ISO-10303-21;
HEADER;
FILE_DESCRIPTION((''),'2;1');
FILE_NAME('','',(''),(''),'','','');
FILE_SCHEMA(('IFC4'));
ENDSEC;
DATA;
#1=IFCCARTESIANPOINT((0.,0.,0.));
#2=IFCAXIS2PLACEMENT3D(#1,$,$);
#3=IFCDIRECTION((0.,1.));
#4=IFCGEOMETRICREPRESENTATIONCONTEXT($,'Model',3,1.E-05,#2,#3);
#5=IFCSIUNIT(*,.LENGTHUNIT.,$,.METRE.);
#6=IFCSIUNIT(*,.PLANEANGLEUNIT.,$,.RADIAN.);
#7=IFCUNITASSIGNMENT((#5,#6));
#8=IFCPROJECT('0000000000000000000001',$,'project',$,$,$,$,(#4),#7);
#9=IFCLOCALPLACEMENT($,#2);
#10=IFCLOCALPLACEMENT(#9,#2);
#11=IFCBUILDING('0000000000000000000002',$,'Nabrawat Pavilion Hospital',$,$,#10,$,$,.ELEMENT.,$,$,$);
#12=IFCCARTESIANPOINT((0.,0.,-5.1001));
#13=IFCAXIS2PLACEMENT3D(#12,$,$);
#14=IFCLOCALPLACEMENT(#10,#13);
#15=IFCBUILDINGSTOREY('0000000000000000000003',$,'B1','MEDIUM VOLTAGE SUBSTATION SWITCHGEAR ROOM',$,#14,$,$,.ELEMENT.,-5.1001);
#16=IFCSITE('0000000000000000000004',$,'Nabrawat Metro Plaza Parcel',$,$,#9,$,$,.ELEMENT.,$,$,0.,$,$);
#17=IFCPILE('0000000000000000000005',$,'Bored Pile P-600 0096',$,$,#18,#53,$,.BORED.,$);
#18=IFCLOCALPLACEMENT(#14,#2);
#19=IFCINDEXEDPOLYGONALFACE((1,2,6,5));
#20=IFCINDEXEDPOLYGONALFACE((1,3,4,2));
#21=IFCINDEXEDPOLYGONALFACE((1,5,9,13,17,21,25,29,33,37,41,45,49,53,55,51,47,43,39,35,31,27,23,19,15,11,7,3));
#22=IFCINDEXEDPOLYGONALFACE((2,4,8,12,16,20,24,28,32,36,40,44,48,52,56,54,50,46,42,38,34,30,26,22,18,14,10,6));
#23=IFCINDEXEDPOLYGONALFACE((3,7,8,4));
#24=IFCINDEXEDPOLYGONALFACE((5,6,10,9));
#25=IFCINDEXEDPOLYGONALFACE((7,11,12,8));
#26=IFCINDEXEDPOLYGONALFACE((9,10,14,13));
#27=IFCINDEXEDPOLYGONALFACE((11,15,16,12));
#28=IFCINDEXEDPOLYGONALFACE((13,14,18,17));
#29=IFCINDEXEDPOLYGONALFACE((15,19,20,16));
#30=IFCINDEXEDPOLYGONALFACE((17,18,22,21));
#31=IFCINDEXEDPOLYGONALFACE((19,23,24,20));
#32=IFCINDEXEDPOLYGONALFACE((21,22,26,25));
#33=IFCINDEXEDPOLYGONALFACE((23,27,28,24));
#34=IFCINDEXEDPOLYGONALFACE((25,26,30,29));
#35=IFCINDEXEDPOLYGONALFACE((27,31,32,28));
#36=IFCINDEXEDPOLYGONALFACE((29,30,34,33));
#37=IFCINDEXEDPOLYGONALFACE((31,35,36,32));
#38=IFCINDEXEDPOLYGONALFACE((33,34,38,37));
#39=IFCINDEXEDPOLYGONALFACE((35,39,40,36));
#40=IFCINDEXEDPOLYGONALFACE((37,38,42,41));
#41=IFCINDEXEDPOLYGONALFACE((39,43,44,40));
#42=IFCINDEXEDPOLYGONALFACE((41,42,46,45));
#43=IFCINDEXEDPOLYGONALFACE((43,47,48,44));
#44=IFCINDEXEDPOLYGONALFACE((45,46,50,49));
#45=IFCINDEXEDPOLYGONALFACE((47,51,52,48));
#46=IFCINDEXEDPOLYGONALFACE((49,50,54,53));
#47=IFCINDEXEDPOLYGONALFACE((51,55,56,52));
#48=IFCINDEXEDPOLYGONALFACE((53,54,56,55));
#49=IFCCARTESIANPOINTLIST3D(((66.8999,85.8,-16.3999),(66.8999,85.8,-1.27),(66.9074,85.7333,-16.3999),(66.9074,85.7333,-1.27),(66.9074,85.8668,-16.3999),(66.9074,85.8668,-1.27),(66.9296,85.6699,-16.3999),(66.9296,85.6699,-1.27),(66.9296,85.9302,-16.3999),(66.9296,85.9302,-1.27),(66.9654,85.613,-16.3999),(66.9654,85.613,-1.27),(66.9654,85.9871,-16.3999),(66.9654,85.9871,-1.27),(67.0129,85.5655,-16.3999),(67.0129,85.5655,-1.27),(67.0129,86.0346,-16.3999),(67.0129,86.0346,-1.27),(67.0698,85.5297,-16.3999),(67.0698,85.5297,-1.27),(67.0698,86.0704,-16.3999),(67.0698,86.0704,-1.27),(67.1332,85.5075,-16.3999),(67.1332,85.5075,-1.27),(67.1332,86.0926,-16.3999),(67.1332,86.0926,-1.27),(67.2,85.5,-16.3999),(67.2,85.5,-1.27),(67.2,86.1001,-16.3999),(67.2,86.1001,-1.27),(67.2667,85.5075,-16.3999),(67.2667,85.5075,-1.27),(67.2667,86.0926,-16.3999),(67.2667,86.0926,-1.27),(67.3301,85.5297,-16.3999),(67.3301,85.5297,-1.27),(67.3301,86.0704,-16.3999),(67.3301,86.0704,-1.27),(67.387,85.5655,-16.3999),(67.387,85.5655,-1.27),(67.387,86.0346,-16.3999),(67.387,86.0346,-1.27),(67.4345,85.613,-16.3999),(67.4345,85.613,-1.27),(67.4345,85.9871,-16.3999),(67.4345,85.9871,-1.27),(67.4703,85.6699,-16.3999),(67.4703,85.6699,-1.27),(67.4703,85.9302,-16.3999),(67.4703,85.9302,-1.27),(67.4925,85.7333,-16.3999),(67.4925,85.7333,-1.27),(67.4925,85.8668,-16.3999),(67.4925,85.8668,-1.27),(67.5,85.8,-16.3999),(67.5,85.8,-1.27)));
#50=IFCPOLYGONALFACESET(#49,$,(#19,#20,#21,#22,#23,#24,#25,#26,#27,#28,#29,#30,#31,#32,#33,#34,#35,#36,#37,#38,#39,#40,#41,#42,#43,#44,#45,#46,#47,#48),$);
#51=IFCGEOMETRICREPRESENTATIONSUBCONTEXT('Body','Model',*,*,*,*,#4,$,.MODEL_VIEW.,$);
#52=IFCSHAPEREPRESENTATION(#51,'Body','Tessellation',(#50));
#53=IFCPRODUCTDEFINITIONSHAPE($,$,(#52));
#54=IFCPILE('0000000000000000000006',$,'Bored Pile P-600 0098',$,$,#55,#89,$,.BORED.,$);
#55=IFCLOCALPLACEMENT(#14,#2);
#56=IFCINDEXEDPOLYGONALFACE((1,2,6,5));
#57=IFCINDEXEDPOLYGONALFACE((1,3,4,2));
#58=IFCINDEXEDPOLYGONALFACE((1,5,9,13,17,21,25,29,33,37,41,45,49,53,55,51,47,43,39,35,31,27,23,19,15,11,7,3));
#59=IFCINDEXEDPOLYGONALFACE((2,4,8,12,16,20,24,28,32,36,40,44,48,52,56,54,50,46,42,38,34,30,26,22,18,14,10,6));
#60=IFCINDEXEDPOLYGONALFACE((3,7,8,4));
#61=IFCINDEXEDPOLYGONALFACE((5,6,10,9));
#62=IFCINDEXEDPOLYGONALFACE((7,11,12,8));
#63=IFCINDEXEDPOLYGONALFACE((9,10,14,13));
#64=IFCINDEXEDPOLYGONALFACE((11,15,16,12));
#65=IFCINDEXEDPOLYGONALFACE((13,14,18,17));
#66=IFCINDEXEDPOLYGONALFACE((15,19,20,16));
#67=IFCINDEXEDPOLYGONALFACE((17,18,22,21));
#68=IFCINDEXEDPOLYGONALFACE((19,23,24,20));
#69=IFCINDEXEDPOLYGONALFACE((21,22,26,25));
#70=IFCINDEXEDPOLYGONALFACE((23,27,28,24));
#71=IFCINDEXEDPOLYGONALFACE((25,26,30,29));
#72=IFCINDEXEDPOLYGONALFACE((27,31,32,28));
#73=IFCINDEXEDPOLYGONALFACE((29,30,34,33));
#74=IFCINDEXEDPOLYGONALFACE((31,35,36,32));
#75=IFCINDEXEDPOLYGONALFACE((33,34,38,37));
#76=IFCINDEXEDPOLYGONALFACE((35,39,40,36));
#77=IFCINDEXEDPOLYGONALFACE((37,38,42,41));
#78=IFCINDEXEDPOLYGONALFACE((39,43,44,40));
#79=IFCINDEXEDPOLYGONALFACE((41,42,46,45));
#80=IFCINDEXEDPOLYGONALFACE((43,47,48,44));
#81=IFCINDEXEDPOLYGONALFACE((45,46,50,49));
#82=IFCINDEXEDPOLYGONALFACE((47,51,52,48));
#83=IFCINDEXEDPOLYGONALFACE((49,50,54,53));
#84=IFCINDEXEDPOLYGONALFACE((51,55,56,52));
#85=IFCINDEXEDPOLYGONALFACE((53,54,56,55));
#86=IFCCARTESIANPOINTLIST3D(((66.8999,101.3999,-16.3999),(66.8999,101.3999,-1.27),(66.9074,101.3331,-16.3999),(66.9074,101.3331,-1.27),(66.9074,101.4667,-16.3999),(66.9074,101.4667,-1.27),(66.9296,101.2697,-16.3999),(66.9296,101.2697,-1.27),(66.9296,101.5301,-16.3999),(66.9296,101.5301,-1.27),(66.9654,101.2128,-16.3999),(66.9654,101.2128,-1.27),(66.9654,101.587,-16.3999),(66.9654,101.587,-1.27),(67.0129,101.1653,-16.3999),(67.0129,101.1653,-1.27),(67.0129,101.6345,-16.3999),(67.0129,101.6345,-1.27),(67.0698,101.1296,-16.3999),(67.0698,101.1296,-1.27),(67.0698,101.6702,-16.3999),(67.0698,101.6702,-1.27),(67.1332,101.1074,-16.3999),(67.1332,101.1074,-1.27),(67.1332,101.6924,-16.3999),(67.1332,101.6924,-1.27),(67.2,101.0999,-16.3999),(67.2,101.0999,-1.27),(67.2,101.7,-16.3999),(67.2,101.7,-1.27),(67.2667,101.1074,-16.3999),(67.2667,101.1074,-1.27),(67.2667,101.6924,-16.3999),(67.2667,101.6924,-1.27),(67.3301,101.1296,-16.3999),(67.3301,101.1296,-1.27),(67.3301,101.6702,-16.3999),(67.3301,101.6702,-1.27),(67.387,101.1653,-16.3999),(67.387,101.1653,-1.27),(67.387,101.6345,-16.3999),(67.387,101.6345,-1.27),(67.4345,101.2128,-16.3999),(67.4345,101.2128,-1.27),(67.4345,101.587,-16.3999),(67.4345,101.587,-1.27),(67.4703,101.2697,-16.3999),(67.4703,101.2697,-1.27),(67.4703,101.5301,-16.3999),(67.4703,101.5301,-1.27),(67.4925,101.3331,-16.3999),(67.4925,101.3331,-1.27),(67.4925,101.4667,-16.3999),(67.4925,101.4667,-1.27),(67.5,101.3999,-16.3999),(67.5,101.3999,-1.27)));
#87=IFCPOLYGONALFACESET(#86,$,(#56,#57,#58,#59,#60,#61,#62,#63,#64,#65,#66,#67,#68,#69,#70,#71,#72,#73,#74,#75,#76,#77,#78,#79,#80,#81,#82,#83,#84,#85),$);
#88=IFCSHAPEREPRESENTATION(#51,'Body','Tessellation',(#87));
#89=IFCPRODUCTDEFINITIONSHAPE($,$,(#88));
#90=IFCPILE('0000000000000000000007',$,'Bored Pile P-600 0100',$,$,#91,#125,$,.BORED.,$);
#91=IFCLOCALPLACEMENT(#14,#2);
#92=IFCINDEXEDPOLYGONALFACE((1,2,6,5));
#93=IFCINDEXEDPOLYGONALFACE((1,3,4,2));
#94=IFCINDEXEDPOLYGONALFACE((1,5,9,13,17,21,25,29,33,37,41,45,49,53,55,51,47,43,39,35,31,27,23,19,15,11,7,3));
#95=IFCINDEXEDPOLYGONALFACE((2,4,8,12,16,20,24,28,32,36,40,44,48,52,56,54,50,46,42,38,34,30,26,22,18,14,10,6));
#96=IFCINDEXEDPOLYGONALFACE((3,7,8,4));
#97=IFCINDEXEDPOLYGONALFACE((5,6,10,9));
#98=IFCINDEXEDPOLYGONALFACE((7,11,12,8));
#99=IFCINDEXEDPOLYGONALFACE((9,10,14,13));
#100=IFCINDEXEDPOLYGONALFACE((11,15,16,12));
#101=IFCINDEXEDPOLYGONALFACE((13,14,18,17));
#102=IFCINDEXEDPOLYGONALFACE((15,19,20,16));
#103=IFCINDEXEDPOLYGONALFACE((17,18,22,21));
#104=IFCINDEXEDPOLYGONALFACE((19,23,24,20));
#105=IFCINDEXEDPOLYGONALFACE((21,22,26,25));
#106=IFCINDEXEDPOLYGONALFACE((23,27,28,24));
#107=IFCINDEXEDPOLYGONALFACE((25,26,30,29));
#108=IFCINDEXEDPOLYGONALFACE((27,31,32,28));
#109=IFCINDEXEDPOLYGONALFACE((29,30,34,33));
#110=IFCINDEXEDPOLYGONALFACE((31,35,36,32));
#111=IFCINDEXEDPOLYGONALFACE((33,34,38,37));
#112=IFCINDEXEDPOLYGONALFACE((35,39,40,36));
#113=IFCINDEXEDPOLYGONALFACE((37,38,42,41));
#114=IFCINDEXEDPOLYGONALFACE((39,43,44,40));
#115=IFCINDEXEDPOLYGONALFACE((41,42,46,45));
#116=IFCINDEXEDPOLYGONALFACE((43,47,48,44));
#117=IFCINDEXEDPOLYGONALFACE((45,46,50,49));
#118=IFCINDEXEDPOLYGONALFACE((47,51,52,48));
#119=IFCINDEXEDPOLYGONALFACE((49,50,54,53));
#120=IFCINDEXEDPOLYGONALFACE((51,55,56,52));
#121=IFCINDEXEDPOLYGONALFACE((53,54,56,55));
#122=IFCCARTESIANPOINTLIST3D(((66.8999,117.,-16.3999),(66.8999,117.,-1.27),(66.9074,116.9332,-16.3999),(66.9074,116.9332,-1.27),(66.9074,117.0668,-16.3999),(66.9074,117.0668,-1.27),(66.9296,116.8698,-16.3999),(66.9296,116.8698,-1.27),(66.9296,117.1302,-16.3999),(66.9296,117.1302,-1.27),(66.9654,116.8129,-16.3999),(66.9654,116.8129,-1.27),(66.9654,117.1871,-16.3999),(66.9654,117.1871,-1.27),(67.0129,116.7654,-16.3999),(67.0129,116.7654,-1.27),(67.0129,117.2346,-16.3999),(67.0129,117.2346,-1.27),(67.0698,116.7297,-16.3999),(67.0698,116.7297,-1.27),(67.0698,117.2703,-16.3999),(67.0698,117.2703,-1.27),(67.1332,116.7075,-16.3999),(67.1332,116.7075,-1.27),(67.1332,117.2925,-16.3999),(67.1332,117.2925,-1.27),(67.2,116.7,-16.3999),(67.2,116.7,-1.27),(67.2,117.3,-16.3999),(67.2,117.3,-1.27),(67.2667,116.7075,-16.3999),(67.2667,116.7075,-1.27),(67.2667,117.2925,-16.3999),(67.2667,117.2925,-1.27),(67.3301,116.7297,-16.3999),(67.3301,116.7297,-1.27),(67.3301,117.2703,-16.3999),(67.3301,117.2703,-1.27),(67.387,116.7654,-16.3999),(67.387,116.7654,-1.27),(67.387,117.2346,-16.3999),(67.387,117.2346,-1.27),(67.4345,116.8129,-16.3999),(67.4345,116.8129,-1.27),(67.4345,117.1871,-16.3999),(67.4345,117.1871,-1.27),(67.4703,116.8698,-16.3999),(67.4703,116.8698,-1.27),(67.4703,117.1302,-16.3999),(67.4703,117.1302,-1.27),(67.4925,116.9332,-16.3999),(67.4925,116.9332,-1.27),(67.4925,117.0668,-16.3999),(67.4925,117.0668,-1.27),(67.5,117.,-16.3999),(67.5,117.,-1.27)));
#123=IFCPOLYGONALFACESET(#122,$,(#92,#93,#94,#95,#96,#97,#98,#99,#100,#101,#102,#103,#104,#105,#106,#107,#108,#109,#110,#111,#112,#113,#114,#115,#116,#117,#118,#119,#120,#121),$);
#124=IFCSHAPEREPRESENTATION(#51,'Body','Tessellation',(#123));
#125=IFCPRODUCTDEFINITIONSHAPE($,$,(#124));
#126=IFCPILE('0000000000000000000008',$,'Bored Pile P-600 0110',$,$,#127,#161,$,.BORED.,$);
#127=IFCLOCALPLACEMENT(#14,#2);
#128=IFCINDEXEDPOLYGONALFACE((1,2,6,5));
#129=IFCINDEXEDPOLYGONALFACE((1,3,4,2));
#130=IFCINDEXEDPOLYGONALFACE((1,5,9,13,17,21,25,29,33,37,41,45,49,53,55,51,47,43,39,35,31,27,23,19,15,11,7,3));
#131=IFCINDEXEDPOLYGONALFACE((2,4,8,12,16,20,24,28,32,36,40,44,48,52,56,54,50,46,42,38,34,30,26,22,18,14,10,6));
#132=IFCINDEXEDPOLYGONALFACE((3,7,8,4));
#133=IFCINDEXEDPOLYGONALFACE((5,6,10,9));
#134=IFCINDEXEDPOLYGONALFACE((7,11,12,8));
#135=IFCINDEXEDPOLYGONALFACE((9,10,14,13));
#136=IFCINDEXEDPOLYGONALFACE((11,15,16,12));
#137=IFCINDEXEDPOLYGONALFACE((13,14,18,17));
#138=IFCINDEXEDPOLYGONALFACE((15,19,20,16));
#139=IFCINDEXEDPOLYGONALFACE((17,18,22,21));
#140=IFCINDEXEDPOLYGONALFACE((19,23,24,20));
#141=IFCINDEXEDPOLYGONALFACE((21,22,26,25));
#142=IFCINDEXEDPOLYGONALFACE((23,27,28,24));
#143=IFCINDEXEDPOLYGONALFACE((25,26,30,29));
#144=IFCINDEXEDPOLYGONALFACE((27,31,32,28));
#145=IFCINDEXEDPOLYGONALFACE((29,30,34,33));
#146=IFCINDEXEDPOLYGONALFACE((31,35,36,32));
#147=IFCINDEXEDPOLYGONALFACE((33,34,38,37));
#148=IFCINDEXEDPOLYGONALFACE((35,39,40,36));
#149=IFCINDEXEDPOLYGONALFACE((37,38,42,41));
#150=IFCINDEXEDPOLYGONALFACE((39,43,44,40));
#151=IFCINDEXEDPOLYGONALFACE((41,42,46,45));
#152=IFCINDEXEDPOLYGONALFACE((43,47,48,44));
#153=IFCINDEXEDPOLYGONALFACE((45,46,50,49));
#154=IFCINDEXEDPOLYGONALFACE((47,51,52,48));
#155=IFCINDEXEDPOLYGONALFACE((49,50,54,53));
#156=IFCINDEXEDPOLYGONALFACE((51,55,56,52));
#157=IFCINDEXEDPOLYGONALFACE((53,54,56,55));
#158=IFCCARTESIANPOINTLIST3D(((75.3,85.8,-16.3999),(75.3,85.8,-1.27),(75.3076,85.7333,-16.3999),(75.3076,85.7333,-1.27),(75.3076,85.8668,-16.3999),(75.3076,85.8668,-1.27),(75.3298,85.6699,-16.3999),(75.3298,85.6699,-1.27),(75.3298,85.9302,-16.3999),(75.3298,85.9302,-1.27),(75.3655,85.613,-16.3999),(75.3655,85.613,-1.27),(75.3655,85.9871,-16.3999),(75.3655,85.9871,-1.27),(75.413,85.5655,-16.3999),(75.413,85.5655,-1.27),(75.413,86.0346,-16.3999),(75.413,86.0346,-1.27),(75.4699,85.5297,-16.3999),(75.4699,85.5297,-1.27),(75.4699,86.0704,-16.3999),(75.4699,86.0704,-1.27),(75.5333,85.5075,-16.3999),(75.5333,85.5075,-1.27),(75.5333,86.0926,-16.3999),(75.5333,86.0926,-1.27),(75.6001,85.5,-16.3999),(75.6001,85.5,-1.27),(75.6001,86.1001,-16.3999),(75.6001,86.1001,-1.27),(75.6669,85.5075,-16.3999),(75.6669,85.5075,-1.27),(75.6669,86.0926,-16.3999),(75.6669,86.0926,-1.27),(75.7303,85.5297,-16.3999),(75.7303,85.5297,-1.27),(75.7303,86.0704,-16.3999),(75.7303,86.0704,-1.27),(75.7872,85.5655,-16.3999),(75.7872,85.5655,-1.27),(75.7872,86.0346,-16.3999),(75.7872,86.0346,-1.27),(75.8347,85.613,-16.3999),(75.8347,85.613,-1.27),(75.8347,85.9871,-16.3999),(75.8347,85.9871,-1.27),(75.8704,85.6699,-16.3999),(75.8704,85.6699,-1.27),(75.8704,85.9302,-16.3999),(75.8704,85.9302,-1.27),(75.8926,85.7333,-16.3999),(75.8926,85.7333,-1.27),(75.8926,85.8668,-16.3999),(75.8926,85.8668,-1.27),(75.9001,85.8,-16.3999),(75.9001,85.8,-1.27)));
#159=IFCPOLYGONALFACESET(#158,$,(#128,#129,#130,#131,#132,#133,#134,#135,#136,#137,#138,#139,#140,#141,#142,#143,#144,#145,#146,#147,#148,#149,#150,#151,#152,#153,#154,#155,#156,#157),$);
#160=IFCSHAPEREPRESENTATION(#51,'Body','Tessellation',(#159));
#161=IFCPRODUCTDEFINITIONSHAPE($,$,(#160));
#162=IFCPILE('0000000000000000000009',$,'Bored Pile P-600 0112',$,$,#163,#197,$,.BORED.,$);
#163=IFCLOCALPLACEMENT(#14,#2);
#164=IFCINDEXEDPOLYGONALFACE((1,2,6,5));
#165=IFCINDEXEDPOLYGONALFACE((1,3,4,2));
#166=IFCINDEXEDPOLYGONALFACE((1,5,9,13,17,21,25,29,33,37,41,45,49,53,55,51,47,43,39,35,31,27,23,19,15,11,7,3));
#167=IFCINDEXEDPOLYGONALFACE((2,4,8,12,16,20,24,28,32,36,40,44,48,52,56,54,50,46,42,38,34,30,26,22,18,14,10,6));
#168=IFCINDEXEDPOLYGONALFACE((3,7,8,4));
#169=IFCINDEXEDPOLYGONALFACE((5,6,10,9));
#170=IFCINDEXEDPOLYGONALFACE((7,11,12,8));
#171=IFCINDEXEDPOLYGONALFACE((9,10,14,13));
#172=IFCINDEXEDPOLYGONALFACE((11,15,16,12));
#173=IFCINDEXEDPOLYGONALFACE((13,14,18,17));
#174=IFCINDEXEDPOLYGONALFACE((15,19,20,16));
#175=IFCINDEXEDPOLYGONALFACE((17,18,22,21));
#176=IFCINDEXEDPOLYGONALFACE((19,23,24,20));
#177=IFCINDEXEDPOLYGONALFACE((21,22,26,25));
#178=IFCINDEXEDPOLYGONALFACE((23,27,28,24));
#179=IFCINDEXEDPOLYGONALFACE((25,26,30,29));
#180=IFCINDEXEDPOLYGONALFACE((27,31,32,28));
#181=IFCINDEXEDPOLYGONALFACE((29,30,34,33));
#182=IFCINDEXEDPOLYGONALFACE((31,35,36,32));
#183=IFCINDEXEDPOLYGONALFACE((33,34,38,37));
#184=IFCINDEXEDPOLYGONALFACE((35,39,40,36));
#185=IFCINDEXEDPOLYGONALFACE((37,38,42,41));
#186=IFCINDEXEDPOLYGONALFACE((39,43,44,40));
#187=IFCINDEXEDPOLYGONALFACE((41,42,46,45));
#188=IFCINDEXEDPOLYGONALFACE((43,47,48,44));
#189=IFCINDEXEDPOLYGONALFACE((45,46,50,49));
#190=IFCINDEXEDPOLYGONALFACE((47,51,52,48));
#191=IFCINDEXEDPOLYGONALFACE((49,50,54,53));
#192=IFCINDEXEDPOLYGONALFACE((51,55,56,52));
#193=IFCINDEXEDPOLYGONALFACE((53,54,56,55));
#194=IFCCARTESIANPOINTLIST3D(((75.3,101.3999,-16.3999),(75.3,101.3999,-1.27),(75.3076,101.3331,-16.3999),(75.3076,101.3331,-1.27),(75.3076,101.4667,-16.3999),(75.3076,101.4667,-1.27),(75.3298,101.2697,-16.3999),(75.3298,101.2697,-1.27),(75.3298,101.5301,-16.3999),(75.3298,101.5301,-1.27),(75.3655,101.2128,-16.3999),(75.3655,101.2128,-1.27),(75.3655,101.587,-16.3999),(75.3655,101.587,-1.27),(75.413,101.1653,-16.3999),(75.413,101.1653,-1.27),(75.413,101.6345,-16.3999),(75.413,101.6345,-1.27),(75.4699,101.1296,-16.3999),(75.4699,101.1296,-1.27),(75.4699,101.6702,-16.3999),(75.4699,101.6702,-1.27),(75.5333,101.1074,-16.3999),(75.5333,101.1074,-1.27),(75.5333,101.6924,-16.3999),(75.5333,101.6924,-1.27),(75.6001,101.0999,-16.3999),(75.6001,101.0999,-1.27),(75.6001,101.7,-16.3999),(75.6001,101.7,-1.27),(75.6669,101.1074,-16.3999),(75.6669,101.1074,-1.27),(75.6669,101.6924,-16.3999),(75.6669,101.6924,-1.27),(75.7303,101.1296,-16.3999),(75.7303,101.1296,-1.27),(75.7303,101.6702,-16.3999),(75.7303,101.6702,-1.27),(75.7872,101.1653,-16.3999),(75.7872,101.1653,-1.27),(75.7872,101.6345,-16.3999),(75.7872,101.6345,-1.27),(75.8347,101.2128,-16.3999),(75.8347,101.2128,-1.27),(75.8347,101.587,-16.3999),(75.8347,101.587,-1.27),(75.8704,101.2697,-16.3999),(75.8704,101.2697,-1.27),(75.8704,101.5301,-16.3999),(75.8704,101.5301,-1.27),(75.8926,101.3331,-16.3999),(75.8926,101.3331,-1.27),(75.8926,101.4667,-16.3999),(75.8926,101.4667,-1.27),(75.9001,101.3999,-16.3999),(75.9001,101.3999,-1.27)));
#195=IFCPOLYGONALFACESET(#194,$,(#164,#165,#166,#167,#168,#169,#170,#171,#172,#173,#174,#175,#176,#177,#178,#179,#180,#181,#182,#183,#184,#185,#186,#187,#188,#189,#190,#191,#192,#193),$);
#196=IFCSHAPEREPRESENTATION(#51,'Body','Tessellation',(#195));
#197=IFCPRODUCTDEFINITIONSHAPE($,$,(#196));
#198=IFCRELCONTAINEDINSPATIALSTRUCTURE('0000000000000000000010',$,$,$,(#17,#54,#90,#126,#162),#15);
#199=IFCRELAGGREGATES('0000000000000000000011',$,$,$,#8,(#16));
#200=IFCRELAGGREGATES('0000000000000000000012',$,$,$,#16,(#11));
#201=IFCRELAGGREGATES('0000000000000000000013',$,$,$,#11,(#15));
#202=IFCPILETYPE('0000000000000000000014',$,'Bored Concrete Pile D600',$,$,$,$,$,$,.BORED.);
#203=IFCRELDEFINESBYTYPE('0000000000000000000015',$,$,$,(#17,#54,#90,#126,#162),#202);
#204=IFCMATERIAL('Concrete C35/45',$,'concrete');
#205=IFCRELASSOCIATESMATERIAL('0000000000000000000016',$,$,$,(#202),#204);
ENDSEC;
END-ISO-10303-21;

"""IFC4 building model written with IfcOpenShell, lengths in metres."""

from ifc_helpers import new_model, si_unit, direction, frame, origin, origin_2d, place, context, subcontext, project, spatial, circle, extrude, material, material_profile, profile_set, type_object, element, save


model = new_model("IFC4")

# Units and contexts
model_context = context("Model", 3, precision=1e-05, world=origin(), true_north=direction((0.0, 1.0)))
body_context = subcontext(model_context, "Body", "Model", "MODEL_VIEW")
ifc_project = project(units=[si_unit("LENGTHUNIT", "METRE"), si_unit("PLANEANGLEUNIT", "RADIAN")], contexts=[model_context])

# Site, building, storey
site_placement = place(None, origin())
site = spatial("IfcSite", under=ifc_project, at=site_placement, Name="Nabrawat Metro Plaza Parcel", CompositionType="ELEMENT", RefElevation=0.0)
building_placement = place(site_placement, origin())
building = spatial("IfcBuilding", under=site, at=building_placement, Name="Nabrawat Pavilion Hospital", CompositionType="ELEMENT")
storey_placement = place(building_placement, frame((0.0, 0.0, -5.1001)))
storey = spatial("IfcBuildingStorey", under=building, at=storey_placement, Name="B1", Description="MEDIUM VOLTAGE SUBSTATION SWITCHGEAR ROOM", CompositionType="ELEMENT", Elevation=-5.1001)

# Piles
ifc_material_1 = material(Name="Concrete C35/45", Category="concrete")
ifc_material_profile_1 = material_profile(ifc_material_1, circle(Radius=0.3, at=origin_2d()), Name="DIA 600")
ifc_profile_set_1 = profile_set([ifc_material_profile_1], Name="Concrete C35/45")
pile_type_1 = type_object("IfcPileType", Name="Bored Concrete Pile D600", PredefinedType="BORED", material=ifc_profile_set_1)
for number, where, z_axis, x_axis, name in (
    (1, (67.2, 85.8, -1.27), (0.0, 0.0, -1.0), (1.0, 0.0, 0.0), "Bored Pile P-600 0096"),
    (2, (67.2, 101.3999, -1.27), (0.0, 0.0, -1.0), (1.0, 0.0, 0.0), "Bored Pile P-600 0098"),
    (3, (67.2, 117.0, -1.27), (0.0, 0.0, -1.0), (1.0, 0.0, 0.0), "Bored Pile P-600 0100"),
    (4, (75.6001, 85.8, -1.27), (0.0, 0.0, -1.0), (1.0, 0.0, 0.0), "Bored Pile P-600 0110"),
    (5, (75.6001, 101.3999, -1.27), (0.0, 0.0, -1.0), (1.0, 0.0, 0.0), "Bored Pile P-600 0112"),
):
    element("IfcPile", number, at=place(storey_placement, frame(where, z_axis=z_axis, x_axis=x_axis)), inside=storey, type_object=pile_type_1, Name=name, PredefinedType="BORED", context=body_context, shape_type="SweptSolid", body=[
        extrude(circle(Radius=0.3, at=origin_2d()), origin(), (0.0, 0.0, 1.0), 15.1299),
    ])

save(model, "model.ifc")
